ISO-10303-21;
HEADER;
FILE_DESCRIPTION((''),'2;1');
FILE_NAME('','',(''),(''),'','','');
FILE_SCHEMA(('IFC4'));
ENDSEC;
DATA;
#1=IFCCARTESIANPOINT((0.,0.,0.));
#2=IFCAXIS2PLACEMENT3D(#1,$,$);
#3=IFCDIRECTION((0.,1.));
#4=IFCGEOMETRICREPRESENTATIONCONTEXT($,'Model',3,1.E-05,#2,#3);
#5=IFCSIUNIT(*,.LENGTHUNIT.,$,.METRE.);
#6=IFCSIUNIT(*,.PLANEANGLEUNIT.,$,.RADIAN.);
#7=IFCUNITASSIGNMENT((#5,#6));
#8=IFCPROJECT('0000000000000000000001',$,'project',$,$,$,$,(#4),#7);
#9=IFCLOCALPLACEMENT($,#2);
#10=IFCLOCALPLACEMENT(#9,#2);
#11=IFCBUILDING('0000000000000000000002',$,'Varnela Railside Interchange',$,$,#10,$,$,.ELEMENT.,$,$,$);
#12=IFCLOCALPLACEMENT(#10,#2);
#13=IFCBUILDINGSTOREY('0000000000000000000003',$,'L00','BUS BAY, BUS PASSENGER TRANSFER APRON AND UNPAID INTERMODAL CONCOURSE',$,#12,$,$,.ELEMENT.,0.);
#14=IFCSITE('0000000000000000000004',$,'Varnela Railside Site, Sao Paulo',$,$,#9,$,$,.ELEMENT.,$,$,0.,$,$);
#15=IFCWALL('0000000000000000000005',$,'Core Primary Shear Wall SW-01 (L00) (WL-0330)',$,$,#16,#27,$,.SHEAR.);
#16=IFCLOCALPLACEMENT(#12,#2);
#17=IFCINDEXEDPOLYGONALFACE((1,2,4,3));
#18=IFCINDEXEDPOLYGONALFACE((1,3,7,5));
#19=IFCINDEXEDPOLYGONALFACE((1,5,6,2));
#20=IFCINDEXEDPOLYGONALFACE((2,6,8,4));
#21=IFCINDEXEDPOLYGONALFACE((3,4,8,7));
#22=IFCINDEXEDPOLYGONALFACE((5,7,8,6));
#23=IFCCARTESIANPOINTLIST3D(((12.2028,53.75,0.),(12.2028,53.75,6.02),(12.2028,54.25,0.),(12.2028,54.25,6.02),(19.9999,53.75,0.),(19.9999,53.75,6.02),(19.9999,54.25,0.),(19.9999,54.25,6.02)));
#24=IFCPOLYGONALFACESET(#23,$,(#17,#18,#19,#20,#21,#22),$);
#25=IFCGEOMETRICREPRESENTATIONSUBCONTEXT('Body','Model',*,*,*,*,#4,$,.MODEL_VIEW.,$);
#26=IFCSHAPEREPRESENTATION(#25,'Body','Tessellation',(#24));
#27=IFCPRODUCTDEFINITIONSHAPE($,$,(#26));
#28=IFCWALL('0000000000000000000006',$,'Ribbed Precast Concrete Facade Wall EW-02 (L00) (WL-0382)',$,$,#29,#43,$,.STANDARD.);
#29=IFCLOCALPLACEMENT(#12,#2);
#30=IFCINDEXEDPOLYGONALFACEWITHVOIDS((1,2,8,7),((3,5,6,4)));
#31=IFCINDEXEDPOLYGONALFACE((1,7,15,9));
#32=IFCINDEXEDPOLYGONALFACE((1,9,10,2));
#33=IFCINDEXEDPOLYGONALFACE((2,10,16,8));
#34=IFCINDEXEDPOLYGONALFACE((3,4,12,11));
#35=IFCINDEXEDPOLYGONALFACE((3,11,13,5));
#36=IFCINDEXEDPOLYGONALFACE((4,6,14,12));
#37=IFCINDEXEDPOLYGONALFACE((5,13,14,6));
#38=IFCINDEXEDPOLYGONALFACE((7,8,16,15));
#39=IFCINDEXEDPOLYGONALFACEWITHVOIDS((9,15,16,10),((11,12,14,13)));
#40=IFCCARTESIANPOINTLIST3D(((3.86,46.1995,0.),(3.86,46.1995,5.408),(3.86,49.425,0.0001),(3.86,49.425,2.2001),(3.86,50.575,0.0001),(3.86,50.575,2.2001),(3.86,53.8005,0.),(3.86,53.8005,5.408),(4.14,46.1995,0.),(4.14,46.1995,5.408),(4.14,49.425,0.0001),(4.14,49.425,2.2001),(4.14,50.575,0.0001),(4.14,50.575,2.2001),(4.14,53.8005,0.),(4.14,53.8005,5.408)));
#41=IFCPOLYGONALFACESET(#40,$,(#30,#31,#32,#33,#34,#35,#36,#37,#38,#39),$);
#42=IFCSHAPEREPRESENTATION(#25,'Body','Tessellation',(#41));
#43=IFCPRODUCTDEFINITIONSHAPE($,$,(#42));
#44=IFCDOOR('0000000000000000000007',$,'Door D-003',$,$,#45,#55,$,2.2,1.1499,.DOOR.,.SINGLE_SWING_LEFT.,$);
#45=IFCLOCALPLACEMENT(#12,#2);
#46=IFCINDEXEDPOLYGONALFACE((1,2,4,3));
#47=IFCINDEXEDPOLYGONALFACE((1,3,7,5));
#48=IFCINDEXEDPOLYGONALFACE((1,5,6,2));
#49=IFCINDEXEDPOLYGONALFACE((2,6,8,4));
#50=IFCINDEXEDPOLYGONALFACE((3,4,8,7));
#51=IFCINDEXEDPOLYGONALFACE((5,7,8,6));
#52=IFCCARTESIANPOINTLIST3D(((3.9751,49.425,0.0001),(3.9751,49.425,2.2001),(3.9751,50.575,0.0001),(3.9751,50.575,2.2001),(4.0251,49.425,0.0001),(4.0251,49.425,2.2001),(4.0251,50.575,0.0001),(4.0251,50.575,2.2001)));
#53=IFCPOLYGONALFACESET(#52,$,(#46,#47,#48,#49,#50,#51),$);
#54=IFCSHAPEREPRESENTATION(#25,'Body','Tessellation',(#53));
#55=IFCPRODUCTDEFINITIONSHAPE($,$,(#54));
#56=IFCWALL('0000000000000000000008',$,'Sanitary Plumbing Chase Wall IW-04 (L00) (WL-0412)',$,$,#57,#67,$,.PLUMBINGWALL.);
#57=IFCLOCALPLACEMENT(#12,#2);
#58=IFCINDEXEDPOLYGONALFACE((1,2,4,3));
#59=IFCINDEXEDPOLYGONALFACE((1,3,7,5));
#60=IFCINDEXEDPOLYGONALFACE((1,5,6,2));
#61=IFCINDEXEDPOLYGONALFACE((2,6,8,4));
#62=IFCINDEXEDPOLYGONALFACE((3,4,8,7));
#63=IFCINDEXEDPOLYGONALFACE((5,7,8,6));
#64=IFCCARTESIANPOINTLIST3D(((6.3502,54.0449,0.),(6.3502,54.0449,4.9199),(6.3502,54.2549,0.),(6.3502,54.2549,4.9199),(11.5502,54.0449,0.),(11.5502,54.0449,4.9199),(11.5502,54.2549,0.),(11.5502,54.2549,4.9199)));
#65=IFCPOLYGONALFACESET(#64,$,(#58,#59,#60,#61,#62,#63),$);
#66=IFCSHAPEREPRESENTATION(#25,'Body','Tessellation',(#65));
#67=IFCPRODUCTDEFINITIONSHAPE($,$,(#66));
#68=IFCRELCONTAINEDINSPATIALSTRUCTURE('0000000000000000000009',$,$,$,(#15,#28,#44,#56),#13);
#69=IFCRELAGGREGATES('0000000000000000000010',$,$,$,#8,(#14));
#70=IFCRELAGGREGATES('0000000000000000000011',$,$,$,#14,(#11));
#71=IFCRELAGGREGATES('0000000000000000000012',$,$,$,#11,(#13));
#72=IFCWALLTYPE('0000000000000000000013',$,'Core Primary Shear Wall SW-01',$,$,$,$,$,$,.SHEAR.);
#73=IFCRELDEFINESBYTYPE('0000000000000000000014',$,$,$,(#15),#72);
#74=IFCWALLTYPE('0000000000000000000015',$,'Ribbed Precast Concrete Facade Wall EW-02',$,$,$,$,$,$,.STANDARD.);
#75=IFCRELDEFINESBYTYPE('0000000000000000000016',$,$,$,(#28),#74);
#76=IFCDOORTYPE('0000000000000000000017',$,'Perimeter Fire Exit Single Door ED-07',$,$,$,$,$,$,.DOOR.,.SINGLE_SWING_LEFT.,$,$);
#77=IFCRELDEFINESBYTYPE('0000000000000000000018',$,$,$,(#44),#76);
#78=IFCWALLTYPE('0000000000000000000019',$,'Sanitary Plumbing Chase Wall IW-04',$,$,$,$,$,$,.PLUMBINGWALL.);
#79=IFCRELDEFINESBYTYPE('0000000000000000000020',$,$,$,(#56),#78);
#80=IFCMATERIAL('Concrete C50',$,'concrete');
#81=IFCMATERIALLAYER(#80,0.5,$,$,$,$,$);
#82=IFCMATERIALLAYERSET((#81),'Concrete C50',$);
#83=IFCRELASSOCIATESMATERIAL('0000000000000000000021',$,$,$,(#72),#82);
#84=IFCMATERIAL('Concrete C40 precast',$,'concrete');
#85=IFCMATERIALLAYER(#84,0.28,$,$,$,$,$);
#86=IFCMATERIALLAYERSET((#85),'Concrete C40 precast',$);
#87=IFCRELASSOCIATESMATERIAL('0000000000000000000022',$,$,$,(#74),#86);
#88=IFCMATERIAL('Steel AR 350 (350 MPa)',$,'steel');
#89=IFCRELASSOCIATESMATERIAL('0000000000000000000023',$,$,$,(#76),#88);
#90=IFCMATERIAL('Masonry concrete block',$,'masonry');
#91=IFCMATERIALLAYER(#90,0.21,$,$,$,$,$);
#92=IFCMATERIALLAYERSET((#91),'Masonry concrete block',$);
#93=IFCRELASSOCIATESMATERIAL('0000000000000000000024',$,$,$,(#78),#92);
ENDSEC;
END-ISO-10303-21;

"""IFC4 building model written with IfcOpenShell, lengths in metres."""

from ifc_helpers import new_model, si_unit, direction, frame, frame_2d, origin, place, context, subcontext, project, spatial, rectangle, extrude, material, layer, layer_set, type_object, element, fill, save


model = new_model("IFC4")

# Units and contexts
model_context = context("Model", 3, precision=1e-05, world=origin(), true_north=direction((0.0, 1.0)))
body_context = subcontext(model_context, "Body", "Model", "MODEL_VIEW")
ifc_project = project(units=[si_unit("LENGTHUNIT", "METRE"), si_unit("PLANEANGLEUNIT", "RADIAN")], contexts=[model_context])

# Site, building, storey
site_placement = place(None, origin())
site = spatial("IfcSite", under=ifc_project, at=site_placement, Name="Varnela Railside Site, Sao Paulo", CompositionType="ELEMENT", RefElevation=0.0)
building_placement = place(site_placement, origin())
building = spatial("IfcBuilding", under=site, at=building_placement, Name="Varnela Railside Interchange", CompositionType="ELEMENT")
storey_placement = place(building_placement, origin())
storey = spatial("IfcBuildingStorey", under=building, at=storey_placement, Name="L00", Description="BUS BAY, BUS PASSENGER TRANSFER APRON AND UNPAID INTERMODAL CONCOURSE", CompositionType="ELEMENT", Elevation=0.0)

# Shared definitions
ifc_material_1 = material(Name="Steel AR 350 (350 MPa)", Category="steel")

# Shared definitions
ifc_material_2 = material(Name="Concrete C50", Category="concrete")

# Wall
ifc_layer_1 = layer(ifc_material_2, 0.5)
ifc_layer_set_1 = layer_set([ifc_layer_1], Name="Concrete C50")
wall_type_1 = type_object("IfcWallType", Name="Core Primary Shear Wall SW-01", PredefinedType="SHEAR", material=ifc_layer_set_1)
wall_1_placement = place(storey_placement, frame((12.2029, 54.0, 0.0), z_axis=(0.0, 0.0, 1.0), x_axis=(1.0, 0.0, 0.0)))
element("IfcWall", 1, at=wall_1_placement, inside=storey, type_object=wall_type_1, Name="Core Primary Shear Wall SW-01 (L00) (WL-0330)", PredefinedType="SHEAR", context=body_context, shape_type="SweptSolid", body=[
    extrude(rectangle(XDim=7.7971, YDim=0.5, at=frame_2d((3.8984, 0.0))), origin(), (0.0, 0.0, 1.0), 6.02),
])

# Wall, opening, door
ifc_material_3 = material(Name="Concrete C40 precast", Category="concrete")
ifc_layer_2 = layer(ifc_material_3, 0.28)
ifc_layer_set_2 = layer_set([ifc_layer_2], Name="Concrete C40 precast")
wall_type_2 = type_object("IfcWallType", Name="Ribbed Precast Concrete Facade Wall EW-02", PredefinedType="STANDARD", material=ifc_layer_set_2)
wall_2_placement = place(storey_placement, frame((4.0, 46.1995, 0.0), z_axis=(0.0, 0.0, 1.0), x_axis=(0.0, 1.0, 0.0)))
wall_2 = element("IfcWall", 2, at=wall_2_placement, inside=storey, type_object=wall_type_2, Name="Ribbed Precast Concrete Facade Wall EW-02 (L00) (WL-0382)", PredefinedType="STANDARD", context=body_context, shape_type="SweptSolid", body=[
    extrude(rectangle(XDim=7.6011, YDim=0.28, at=frame_2d((3.8005, 0.0))), origin(), (0.0, 0.0, 1.0), 5.408),
])
opening_placement = place(wall_2_placement, frame((3.2256, 0.0, 0.0)))
opening = element("IfcOpeningElement", 3, at=opening_placement, cuts=wall_2, PredefinedType="OPENING", context=body_context, shape_type="SweptSolid", body=[
    extrude(rectangle(XDim=1.1499, YDim=2.2, at=frame_2d((0.575, 1.1001))), frame((0.0, 0.1499, 0.0), z_axis=(0.0, -1.0, 0.0), x_axis=(1.0, 0.0, 0.0)), (0.0, 0.0, 1.0), 0.3),
])
door_type = type_object("IfcDoorType", Name="Perimeter Fire Exit Single Door ED-07", OperationType="SINGLE_SWING_LEFT", PredefinedType="DOOR", material=ifc_material_1)
door_placement = place(opening_placement, origin())
door = element("IfcDoor", 4, at=door_placement, inside=storey, type_object=door_type, Name="Door D-003", OperationType="SINGLE_SWING_LEFT", OverallHeight=2.2, OverallWidth=1.1499, PredefinedType="DOOR", context=body_context, shape_type="SweptSolid", body=[
    extrude(rectangle(XDim=1.1499, YDim=2.2, at=frame_2d((0.575, 1.1001))), frame((0.0, 0.0249, 0.0), z_axis=(0.0, -1.0, 0.0), x_axis=(1.0, 0.0, 0.0)), (0.0, 0.0, 1.0), 0.05),
])
fill(opening, door)

# Wall
ifc_material_4 = material(Name="Masonry concrete block", Category="masonry")
ifc_layer_3 = layer(ifc_material_4, 0.21)
ifc_layer_set_3 = layer_set([ifc_layer_3], Name="Masonry concrete block")
wall_type_3 = type_object("IfcWallType", Name="Sanitary Plumbing Chase Wall IW-04", PredefinedType="PLUMBINGWALL", material=ifc_layer_set_3)
wall_3_placement = place(storey_placement, frame((6.3501, 54.1499, 0.0), z_axis=(0.0, 0.0, 1.0), x_axis=(1.0, 0.0, 0.0)))
element("IfcWall", 5, at=wall_3_placement, inside=storey, type_object=wall_type_3, Name="Sanitary Plumbing Chase Wall IW-04 (L00) (WL-0412)", PredefinedType="PLUMBINGWALL", context=body_context, shape_type="SweptSolid", body=[
    extrude(rectangle(XDim=5.2, YDim=0.21, at=frame_2d((2.6001, 0.0))), origin(), (0.0, 0.0, 1.0), 4.9199),
])

save(model, "model.ifc")
